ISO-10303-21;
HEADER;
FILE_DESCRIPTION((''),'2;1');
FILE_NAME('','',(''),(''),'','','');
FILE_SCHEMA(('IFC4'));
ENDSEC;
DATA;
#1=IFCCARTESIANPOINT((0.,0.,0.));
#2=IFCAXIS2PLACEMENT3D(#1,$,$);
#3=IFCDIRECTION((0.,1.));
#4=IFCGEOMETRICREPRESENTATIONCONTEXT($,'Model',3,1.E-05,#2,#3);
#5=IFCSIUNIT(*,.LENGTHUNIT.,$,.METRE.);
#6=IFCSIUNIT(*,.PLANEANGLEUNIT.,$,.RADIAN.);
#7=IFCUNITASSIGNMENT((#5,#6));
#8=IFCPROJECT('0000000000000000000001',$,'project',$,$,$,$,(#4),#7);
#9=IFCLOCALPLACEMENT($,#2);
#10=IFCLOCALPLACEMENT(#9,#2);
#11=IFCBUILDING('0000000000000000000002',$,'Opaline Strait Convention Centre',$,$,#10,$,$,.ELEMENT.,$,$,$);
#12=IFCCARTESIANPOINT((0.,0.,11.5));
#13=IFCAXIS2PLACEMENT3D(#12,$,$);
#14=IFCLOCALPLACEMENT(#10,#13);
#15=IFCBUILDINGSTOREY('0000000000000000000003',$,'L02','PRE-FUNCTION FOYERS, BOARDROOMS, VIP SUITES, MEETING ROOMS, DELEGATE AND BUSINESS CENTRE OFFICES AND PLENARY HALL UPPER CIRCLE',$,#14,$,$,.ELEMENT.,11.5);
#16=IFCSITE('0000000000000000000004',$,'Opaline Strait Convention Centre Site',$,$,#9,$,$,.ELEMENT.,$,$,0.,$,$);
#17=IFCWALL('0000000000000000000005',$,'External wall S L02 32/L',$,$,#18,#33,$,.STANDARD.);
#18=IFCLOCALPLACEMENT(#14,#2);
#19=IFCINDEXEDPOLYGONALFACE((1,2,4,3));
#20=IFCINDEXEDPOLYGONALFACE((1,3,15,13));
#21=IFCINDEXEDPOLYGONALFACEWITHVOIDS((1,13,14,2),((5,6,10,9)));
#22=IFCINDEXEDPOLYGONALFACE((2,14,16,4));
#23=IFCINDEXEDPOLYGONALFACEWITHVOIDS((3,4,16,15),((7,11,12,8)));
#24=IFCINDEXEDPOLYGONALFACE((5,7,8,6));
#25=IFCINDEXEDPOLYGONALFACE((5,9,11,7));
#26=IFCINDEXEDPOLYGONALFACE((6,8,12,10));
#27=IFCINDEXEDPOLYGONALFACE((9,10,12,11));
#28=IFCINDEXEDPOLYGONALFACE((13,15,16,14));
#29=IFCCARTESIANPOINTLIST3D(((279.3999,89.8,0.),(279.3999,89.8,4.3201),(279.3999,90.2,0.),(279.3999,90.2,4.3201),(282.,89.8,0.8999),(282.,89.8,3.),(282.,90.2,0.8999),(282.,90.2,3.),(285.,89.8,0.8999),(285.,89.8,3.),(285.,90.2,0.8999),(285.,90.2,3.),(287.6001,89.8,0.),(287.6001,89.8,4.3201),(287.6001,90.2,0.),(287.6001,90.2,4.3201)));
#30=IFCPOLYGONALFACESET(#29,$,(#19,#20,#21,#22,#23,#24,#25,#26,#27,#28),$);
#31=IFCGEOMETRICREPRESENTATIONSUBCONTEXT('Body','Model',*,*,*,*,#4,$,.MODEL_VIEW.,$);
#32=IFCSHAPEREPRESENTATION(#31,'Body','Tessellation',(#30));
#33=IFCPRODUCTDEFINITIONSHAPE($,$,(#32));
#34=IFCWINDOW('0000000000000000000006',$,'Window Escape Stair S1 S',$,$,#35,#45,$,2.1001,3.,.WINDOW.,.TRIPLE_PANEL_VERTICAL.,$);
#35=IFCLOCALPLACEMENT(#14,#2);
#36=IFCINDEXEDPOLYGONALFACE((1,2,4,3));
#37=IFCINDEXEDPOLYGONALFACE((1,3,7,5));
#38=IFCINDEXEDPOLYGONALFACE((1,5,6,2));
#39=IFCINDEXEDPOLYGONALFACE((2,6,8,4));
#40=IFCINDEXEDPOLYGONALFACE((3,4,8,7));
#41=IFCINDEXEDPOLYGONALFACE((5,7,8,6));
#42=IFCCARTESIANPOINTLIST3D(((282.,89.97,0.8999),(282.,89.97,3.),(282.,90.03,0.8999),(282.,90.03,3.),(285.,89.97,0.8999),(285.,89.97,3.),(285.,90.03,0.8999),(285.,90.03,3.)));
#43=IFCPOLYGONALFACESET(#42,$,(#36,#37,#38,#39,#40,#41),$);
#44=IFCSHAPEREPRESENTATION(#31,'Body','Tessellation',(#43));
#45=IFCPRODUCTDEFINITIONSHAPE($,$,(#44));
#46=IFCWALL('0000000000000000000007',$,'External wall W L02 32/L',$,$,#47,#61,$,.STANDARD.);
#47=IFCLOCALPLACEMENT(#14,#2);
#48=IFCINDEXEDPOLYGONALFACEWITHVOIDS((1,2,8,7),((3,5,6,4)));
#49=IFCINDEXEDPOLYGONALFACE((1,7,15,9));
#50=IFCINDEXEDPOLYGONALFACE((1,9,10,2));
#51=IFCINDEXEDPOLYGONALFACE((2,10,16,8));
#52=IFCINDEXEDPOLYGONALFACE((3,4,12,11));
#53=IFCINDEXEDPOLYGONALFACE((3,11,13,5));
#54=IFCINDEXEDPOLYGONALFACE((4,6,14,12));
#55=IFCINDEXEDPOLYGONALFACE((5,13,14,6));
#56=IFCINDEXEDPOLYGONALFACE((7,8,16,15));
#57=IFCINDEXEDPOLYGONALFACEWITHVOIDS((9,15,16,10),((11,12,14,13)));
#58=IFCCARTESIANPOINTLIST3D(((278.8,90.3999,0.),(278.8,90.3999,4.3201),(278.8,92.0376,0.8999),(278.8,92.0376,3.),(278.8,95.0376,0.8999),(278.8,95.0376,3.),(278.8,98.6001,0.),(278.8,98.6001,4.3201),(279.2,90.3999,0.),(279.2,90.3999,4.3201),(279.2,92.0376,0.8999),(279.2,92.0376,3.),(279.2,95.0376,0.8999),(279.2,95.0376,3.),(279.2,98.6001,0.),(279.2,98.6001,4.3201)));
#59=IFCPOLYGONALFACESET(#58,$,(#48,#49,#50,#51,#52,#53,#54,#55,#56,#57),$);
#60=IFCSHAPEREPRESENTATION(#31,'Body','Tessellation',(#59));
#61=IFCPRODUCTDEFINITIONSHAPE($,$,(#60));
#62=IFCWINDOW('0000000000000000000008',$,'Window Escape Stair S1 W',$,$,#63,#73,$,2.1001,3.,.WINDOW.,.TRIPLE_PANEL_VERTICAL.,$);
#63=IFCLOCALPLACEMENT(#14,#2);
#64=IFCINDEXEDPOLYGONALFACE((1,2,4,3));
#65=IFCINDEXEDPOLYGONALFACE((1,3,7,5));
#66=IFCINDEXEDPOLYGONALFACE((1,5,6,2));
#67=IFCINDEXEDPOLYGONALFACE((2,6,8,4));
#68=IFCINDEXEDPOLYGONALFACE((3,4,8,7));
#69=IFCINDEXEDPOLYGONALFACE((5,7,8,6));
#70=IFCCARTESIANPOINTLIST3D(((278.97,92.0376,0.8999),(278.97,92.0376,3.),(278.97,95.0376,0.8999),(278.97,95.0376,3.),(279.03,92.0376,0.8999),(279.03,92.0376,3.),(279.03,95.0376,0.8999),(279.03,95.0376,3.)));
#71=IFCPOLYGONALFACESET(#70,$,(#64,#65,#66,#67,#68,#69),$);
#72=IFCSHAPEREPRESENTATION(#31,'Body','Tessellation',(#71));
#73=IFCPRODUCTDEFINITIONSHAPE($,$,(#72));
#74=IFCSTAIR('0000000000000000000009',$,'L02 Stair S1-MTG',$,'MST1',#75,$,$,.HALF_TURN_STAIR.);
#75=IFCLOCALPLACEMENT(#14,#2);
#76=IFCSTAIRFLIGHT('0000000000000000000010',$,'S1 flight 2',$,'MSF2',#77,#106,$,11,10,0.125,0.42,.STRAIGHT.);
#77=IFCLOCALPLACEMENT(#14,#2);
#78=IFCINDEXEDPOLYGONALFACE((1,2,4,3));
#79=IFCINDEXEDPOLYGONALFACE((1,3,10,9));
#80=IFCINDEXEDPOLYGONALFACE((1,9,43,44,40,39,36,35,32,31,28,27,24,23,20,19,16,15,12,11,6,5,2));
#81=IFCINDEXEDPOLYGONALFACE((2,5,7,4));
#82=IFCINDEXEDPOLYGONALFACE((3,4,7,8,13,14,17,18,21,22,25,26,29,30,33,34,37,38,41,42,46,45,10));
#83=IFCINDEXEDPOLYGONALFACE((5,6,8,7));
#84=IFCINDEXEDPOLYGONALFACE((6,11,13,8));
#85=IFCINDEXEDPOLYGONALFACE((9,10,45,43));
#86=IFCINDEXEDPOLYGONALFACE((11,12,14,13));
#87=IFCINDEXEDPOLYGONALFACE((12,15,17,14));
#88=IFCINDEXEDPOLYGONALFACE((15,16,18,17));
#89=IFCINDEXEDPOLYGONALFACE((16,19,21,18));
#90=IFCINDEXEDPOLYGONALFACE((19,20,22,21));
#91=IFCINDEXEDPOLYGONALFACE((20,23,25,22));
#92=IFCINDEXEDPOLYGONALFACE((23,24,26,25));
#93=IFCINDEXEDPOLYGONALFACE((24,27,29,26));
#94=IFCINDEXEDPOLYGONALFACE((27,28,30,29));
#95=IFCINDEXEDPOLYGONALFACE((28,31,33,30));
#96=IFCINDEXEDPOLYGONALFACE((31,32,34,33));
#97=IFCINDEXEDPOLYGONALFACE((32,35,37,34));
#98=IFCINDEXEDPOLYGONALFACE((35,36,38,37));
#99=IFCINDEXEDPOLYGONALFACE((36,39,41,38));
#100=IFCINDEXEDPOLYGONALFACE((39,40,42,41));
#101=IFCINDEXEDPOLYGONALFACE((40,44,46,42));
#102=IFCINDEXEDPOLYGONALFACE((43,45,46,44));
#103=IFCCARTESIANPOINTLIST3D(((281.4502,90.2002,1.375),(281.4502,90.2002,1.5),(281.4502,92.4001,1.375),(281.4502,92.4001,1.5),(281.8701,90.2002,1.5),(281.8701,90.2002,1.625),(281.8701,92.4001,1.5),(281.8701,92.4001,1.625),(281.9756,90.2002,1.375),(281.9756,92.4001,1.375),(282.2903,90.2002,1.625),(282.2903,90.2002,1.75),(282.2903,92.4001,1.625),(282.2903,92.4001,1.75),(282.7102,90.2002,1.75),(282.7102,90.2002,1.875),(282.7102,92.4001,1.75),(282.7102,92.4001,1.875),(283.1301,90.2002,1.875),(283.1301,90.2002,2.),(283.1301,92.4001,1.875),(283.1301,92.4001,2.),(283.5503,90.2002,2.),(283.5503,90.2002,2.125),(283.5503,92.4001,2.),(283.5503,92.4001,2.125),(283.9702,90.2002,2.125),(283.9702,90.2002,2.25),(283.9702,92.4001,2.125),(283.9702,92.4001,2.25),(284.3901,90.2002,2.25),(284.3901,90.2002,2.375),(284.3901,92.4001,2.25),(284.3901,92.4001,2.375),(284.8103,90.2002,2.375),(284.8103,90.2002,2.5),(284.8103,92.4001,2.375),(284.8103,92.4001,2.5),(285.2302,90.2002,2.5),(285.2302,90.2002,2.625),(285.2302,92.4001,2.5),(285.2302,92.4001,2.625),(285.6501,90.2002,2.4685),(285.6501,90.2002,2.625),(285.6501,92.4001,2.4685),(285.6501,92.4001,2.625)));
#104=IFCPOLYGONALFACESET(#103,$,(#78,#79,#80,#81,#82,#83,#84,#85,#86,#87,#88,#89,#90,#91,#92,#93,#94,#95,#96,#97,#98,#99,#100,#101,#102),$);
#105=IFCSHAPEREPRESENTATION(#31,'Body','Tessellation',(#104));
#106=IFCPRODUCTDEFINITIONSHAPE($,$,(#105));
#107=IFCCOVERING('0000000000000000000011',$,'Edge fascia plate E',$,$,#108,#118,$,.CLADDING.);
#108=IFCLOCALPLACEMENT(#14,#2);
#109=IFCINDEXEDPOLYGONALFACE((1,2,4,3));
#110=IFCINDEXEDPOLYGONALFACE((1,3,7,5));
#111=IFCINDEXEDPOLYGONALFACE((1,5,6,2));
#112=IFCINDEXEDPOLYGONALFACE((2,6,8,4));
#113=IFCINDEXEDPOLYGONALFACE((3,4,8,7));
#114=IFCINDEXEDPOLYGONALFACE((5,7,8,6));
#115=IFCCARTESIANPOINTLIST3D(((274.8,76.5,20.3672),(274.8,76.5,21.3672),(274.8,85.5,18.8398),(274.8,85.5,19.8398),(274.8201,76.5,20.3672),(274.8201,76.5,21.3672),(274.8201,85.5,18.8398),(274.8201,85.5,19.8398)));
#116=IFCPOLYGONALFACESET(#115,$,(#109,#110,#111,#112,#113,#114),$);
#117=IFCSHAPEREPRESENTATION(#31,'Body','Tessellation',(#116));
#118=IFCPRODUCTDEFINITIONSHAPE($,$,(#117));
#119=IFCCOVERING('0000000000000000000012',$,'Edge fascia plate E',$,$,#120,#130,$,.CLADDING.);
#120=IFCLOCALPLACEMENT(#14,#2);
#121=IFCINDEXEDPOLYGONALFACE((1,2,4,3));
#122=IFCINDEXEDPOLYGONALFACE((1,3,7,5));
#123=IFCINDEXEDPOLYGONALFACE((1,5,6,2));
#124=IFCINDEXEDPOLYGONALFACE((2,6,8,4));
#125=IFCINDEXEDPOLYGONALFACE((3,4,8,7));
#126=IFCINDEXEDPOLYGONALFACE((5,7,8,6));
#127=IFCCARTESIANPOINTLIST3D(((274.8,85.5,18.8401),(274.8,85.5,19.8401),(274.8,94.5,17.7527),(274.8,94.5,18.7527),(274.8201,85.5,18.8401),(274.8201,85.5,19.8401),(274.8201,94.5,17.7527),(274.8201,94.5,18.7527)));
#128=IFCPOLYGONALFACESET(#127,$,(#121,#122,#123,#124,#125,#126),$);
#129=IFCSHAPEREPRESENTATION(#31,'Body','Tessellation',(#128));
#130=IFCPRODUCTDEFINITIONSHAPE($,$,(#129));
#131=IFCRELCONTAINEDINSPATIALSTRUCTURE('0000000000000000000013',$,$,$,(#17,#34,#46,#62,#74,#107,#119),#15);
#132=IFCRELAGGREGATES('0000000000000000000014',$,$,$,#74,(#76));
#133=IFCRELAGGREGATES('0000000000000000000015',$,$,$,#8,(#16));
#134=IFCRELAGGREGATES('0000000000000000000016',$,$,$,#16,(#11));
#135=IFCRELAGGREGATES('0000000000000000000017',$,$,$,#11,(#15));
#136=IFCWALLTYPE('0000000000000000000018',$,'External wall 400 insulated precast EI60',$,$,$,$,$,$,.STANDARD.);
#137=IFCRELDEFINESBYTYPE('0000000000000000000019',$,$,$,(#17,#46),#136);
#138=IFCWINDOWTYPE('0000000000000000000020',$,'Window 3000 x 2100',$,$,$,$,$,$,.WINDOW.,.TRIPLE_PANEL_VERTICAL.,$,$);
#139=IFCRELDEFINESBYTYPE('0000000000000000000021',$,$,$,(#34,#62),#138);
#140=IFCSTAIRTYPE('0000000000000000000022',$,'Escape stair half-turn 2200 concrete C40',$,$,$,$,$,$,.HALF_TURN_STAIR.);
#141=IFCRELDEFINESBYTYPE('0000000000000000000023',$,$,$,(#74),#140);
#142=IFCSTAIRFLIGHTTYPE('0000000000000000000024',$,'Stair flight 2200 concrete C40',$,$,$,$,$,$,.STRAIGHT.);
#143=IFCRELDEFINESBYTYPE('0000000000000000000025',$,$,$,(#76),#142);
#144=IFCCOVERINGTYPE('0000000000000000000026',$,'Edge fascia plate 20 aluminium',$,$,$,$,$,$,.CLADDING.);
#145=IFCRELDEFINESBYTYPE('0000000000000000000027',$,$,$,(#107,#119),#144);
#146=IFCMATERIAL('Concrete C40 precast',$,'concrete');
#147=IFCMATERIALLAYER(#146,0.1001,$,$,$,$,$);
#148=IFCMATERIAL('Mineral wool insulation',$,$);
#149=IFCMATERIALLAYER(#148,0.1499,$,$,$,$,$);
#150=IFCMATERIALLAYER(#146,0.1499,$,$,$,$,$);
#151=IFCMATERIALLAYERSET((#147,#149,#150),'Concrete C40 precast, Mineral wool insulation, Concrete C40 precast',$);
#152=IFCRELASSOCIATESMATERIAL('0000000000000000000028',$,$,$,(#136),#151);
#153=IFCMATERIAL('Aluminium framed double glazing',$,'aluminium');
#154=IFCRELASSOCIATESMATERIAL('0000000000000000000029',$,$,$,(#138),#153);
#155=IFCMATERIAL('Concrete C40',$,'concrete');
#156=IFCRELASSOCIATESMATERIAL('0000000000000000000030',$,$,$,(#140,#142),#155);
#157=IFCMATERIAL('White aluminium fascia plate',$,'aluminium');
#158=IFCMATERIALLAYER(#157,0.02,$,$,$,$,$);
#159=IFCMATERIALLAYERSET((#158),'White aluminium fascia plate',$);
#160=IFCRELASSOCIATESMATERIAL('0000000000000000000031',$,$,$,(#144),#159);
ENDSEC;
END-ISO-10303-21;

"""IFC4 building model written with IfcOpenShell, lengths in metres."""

from ifc_helpers import new_model, si_unit, direction, frame, frame_2d, origin, place, context, subcontext, project, spatial, polyline, rectangle, outline, extrude, material, layer, layer_set, type_object, element, fill, aggregate, save


model = new_model("IFC4")

# Units and contexts
model_context = context("Model", 3, precision=1e-05, world=origin(), true_north=direction((0.0, 1.0)))
body_context = subcontext(model_context, "Body", "Model", "MODEL_VIEW")
ifc_project = project(units=[si_unit("LENGTHUNIT", "METRE"), si_unit("PLANEANGLEUNIT", "RADIAN")], contexts=[model_context])

# Site, building, storey
site_placement = place(None, origin())
site = spatial("IfcSite", under=ifc_project, at=site_placement, Name="Opaline Strait Convention Centre Site", CompositionType="ELEMENT", RefElevation=0.0)
building_placement = place(site_placement, origin())
building = spatial("IfcBuilding", under=site, at=building_placement, Name="Opaline Strait Convention Centre", CompositionType="ELEMENT")
storey_placement = place(building_placement, frame((0.0, 0.0, 11.5)))
storey = spatial("IfcBuildingStorey", under=building, at=storey_placement, Name="L02", Description="PRE-FUNCTION FOYERS, BOARDROOMS, VIP SUITES, MEETING ROOMS, DELEGATE AND BUSINESS CENTRE OFFICES AND PLENARY HALL UPPER CIRCLE", CompositionType="ELEMENT", Elevation=11.5)

# Shared definitions
ifc_material_1 = material(Name="Concrete C40", Category="concrete")

# Walls, openings, windows
ifc_material_2 = material(Name="Concrete C40 precast", Category="concrete")
ifc_layer_1 = layer(ifc_material_2, 0.1001)
ifc_material_3 = material(Name="Mineral wool insulation")
ifc_layer_2 = layer(ifc_material_3, 0.1499)
ifc_layer_3 = layer(ifc_material_2, 0.1499)
ifc_layer_set_1 = layer_set([ifc_layer_1, ifc_layer_2, ifc_layer_3], Name="Concrete C40 precast, Mineral wool insulation, Concrete C40 precast")
wall_type = type_object("IfcWallType", Name="External wall 400 insulated precast EI60", PredefinedType="STANDARD", material=ifc_layer_set_1)
wall_1_placement = place(storey_placement, frame((279.3999, 90.0, 0.0), z_axis=(0.0, 0.0, 1.0), x_axis=(1.0, 0.0, 0.0)))
wall_1 = element("IfcWall", 1, at=wall_1_placement, inside=storey, type_object=wall_type, Name="External wall S L02 32/L", PredefinedType="STANDARD", context=body_context, shape_type="SweptSolid", body=[
    extrude(rectangle(XDim=8.2002, YDim=0.3999, at=frame_2d((4.1001, 0.0))), origin(), (0.0, 0.0, 1.0), 4.3201),
])
opening_1_placement = place(wall_1_placement, frame((2.6001, 0.0, 0.8999)))
opening_1 = element("IfcOpeningElement", 2, at=opening_1_placement, cuts=wall_1, PredefinedType="OPENING", context=body_context, shape_type="SweptSolid", body=[
    extrude(rectangle(XDim=3.0, YDim=2.1001, at=frame_2d((1.5, 1.05))), frame((0.0, 0.21, 0.0), z_axis=(0.0, -1.0, 0.0), x_axis=(1.0, 0.0, 0.0)), (0.0, 0.0, 1.0), 0.4199),
])
ifc_material_4 = material(Name="Aluminium framed double glazing", Category="aluminium")
window_type = type_object("IfcWindowType", Name="Window 3000 x 2100", PartitioningType="TRIPLE_PANEL_VERTICAL", PredefinedType="WINDOW", material=ifc_material_4)
window_1_placement = place(opening_1_placement, origin())
window_1 = element("IfcWindow", 3, at=window_1_placement, inside=storey, type_object=window_type, Name="Window Escape Stair S1 S", OverallHeight=2.1001, OverallWidth=3.0, PartitioningType="TRIPLE_PANEL_VERTICAL", PredefinedType="WINDOW", context=body_context, shape_type="SweptSolid", body=[
    extrude(rectangle(XDim=3.0, YDim=2.1001, at=frame_2d((1.5, 1.05))), frame((0.0, 0.03, 0.0), z_axis=(0.0, -1.0, 0.0), x_axis=(1.0, 0.0, 0.0)), (0.0, 0.0, 1.0), 0.0601),
])
fill(opening_1, window_1)
wall_2_placement = place(storey_placement, frame((279.0, 90.3999, 0.0), z_axis=(0.0, 0.0, 1.0), x_axis=(0.0, 1.0, 0.0)))
wall_2 = element("IfcWall", 4, at=wall_2_placement, inside=storey, type_object=wall_type, Name="External wall W L02 32/L", PredefinedType="STANDARD", context=body_context, shape_type="SweptSolid", body=[
    extrude(rectangle(XDim=8.2002, YDim=0.3999, at=frame_2d((4.1001, 0.0))), origin(), (0.0, 0.0, 1.0), 4.3201),
])
opening_2_placement = place(wall_2_placement, frame((1.6377, 0.0, 0.8999)))
opening_2 = element("IfcOpeningElement", 5, at=opening_2_placement, cuts=wall_2, PredefinedType="OPENING", context=body_context, shape_type="SweptSolid", body=[
    extrude(rectangle(XDim=3.0, YDim=2.1001, at=frame_2d((1.5, 1.05))), frame((0.0, 0.21, 0.0), z_axis=(0.0, -1.0, 0.0), x_axis=(1.0, 0.0, 0.0)), (0.0, 0.0, 1.0), 0.4199),
])
window_2_placement = place(opening_2_placement, origin())
window_2 = element("IfcWindow", 6, at=window_2_placement, inside=storey, type_object=window_type, Name="Window Escape Stair S1 W", OverallHeight=2.1001, OverallWidth=3.0, PartitioningType="TRIPLE_PANEL_VERTICAL", PredefinedType="WINDOW", context=body_context, shape_type="SweptSolid", body=[
    extrude(rectangle(XDim=3.0, YDim=2.1001, at=frame_2d((1.5, 1.05))), frame((0.0, 0.03, 0.0), z_axis=(0.0, -1.0, 0.0), x_axis=(1.0, 0.0, 0.0)), (0.0, 0.0, 1.0), 0.0601),
])
fill(opening_2, window_2)

# Stair, stair flight
stair_type = type_object("IfcStairType", Name="Escape stair half-turn 2200 concrete C40", PredefinedType="HALF_TURN_STAIR", material=ifc_material_1)
stair_placement = place(storey_placement, origin())
stair = element("IfcStair", 7, at=stair_placement, inside=storey, type_object=stair_type, Name="L02 Stair S1-MTG", ObjectType="MST1", PredefinedType="HALF_TURN_STAIR")
stair_flight_type = type_object("IfcStairFlightType", Name="Stair flight 2200 concrete C40", PredefinedType="STRAIGHT", material=ifc_material_1)
stair_flight_placement = place(storey_placement, frame((281.4502, 91.3, 1.375), z_axis=(0.0, 0.0, 1.0), x_axis=(1.0, 0.0, 0.0)))
stair_flight = element("IfcStairFlight", 8, at=stair_flight_placement, type_object=stair_flight_type, Name="S1 flight 2", ObjectType="MSF2", NumberOfRisers=11, NumberOfTreads=10, PredefinedType="STRAIGHT", RiserHeight=0.125, TreadLength=0.42, context=body_context, shape_type="SweptSolid", body=[
    extrude(outline(polyline([(0.0, 0.0), (0.0, 0.125), (0.4199, 0.125), (0.4199, 0.25), (0.8401, 0.25), (0.8401, 0.375), (1.26, 0.375), (1.26, 0.5), (1.6799, 0.5), (1.6799, 0.625), (2.1001, 0.625), (2.1001, 0.75), (2.52, 0.75), (2.52, 0.875), (2.9399, 0.875), (2.9399, 1.0), (3.3601, 1.0), (3.3601, 1.125), (3.78, 1.125), (3.78, 1.25), (4.2, 1.25), (4.2, 1.375), (4.2, 1.0935), (0.5254, 0.0), (0.0, 0.0)])), frame((0.0, 1.1001, 0.0), z_axis=(0.0, -1.0, 0.0), x_axis=(1.0, 0.0, 0.0)), (0.0, 0.0, 1.0), 2.2),
])
aggregate(stair, [stair_flight])

# Coverings
ifc_material_5 = material(Name="White aluminium fascia plate", Category="aluminium")
ifc_layer_4 = layer(ifc_material_5, 0.02)
ifc_layer_set_2 = layer_set([ifc_layer_4], Name="White aluminium fascia plate")
covering_type = type_object("IfcCoveringType", Name="Edge fascia plate 20 aluminium", PredefinedType="CLADDING", material=ifc_layer_set_2)
covering_1_placement = place(storey_placement, frame((274.8, 81.0, 20.1035), z_axis=(1.0, 0.0, 0.0), x_axis=(0.0, 1.0, 0.0)))
element("IfcCovering", 9, at=covering_1_placement, inside=storey, type_object=covering_type, Name="Edge fascia plate E", PredefinedType="CLADDING", context=body_context, shape_type="SweptSolid", body=[
    extrude(outline(polyline([(-4.5, 1.2637), (4.5, -0.2637), (4.5, -1.2637), (-4.5, 0.2637), (-4.5, 1.2637)])), origin(), (0.0, 0.0, 1.0), 0.02),
])
covering_2_placement = place(storey_placement, frame((274.8, 90.0, 18.7964), z_axis=(1.0, 0.0, 0.0), x_axis=(0.0, 1.0, 0.0)))
element("IfcCovering", 10, at=covering_2_placement, inside=storey, type_object=covering_type, Name="Edge fascia plate E", PredefinedType="CLADDING", context=body_context, shape_type="SweptSolid", body=[
    extrude(outline(polyline([(-4.5, 1.0437), (4.5, -0.0437), (4.5, -1.0437), (-4.5, 0.0437), (-4.5, 1.0437)])), origin(), (0.0, 0.0, 1.0), 0.02),
])

save(model, "model.ifc")
